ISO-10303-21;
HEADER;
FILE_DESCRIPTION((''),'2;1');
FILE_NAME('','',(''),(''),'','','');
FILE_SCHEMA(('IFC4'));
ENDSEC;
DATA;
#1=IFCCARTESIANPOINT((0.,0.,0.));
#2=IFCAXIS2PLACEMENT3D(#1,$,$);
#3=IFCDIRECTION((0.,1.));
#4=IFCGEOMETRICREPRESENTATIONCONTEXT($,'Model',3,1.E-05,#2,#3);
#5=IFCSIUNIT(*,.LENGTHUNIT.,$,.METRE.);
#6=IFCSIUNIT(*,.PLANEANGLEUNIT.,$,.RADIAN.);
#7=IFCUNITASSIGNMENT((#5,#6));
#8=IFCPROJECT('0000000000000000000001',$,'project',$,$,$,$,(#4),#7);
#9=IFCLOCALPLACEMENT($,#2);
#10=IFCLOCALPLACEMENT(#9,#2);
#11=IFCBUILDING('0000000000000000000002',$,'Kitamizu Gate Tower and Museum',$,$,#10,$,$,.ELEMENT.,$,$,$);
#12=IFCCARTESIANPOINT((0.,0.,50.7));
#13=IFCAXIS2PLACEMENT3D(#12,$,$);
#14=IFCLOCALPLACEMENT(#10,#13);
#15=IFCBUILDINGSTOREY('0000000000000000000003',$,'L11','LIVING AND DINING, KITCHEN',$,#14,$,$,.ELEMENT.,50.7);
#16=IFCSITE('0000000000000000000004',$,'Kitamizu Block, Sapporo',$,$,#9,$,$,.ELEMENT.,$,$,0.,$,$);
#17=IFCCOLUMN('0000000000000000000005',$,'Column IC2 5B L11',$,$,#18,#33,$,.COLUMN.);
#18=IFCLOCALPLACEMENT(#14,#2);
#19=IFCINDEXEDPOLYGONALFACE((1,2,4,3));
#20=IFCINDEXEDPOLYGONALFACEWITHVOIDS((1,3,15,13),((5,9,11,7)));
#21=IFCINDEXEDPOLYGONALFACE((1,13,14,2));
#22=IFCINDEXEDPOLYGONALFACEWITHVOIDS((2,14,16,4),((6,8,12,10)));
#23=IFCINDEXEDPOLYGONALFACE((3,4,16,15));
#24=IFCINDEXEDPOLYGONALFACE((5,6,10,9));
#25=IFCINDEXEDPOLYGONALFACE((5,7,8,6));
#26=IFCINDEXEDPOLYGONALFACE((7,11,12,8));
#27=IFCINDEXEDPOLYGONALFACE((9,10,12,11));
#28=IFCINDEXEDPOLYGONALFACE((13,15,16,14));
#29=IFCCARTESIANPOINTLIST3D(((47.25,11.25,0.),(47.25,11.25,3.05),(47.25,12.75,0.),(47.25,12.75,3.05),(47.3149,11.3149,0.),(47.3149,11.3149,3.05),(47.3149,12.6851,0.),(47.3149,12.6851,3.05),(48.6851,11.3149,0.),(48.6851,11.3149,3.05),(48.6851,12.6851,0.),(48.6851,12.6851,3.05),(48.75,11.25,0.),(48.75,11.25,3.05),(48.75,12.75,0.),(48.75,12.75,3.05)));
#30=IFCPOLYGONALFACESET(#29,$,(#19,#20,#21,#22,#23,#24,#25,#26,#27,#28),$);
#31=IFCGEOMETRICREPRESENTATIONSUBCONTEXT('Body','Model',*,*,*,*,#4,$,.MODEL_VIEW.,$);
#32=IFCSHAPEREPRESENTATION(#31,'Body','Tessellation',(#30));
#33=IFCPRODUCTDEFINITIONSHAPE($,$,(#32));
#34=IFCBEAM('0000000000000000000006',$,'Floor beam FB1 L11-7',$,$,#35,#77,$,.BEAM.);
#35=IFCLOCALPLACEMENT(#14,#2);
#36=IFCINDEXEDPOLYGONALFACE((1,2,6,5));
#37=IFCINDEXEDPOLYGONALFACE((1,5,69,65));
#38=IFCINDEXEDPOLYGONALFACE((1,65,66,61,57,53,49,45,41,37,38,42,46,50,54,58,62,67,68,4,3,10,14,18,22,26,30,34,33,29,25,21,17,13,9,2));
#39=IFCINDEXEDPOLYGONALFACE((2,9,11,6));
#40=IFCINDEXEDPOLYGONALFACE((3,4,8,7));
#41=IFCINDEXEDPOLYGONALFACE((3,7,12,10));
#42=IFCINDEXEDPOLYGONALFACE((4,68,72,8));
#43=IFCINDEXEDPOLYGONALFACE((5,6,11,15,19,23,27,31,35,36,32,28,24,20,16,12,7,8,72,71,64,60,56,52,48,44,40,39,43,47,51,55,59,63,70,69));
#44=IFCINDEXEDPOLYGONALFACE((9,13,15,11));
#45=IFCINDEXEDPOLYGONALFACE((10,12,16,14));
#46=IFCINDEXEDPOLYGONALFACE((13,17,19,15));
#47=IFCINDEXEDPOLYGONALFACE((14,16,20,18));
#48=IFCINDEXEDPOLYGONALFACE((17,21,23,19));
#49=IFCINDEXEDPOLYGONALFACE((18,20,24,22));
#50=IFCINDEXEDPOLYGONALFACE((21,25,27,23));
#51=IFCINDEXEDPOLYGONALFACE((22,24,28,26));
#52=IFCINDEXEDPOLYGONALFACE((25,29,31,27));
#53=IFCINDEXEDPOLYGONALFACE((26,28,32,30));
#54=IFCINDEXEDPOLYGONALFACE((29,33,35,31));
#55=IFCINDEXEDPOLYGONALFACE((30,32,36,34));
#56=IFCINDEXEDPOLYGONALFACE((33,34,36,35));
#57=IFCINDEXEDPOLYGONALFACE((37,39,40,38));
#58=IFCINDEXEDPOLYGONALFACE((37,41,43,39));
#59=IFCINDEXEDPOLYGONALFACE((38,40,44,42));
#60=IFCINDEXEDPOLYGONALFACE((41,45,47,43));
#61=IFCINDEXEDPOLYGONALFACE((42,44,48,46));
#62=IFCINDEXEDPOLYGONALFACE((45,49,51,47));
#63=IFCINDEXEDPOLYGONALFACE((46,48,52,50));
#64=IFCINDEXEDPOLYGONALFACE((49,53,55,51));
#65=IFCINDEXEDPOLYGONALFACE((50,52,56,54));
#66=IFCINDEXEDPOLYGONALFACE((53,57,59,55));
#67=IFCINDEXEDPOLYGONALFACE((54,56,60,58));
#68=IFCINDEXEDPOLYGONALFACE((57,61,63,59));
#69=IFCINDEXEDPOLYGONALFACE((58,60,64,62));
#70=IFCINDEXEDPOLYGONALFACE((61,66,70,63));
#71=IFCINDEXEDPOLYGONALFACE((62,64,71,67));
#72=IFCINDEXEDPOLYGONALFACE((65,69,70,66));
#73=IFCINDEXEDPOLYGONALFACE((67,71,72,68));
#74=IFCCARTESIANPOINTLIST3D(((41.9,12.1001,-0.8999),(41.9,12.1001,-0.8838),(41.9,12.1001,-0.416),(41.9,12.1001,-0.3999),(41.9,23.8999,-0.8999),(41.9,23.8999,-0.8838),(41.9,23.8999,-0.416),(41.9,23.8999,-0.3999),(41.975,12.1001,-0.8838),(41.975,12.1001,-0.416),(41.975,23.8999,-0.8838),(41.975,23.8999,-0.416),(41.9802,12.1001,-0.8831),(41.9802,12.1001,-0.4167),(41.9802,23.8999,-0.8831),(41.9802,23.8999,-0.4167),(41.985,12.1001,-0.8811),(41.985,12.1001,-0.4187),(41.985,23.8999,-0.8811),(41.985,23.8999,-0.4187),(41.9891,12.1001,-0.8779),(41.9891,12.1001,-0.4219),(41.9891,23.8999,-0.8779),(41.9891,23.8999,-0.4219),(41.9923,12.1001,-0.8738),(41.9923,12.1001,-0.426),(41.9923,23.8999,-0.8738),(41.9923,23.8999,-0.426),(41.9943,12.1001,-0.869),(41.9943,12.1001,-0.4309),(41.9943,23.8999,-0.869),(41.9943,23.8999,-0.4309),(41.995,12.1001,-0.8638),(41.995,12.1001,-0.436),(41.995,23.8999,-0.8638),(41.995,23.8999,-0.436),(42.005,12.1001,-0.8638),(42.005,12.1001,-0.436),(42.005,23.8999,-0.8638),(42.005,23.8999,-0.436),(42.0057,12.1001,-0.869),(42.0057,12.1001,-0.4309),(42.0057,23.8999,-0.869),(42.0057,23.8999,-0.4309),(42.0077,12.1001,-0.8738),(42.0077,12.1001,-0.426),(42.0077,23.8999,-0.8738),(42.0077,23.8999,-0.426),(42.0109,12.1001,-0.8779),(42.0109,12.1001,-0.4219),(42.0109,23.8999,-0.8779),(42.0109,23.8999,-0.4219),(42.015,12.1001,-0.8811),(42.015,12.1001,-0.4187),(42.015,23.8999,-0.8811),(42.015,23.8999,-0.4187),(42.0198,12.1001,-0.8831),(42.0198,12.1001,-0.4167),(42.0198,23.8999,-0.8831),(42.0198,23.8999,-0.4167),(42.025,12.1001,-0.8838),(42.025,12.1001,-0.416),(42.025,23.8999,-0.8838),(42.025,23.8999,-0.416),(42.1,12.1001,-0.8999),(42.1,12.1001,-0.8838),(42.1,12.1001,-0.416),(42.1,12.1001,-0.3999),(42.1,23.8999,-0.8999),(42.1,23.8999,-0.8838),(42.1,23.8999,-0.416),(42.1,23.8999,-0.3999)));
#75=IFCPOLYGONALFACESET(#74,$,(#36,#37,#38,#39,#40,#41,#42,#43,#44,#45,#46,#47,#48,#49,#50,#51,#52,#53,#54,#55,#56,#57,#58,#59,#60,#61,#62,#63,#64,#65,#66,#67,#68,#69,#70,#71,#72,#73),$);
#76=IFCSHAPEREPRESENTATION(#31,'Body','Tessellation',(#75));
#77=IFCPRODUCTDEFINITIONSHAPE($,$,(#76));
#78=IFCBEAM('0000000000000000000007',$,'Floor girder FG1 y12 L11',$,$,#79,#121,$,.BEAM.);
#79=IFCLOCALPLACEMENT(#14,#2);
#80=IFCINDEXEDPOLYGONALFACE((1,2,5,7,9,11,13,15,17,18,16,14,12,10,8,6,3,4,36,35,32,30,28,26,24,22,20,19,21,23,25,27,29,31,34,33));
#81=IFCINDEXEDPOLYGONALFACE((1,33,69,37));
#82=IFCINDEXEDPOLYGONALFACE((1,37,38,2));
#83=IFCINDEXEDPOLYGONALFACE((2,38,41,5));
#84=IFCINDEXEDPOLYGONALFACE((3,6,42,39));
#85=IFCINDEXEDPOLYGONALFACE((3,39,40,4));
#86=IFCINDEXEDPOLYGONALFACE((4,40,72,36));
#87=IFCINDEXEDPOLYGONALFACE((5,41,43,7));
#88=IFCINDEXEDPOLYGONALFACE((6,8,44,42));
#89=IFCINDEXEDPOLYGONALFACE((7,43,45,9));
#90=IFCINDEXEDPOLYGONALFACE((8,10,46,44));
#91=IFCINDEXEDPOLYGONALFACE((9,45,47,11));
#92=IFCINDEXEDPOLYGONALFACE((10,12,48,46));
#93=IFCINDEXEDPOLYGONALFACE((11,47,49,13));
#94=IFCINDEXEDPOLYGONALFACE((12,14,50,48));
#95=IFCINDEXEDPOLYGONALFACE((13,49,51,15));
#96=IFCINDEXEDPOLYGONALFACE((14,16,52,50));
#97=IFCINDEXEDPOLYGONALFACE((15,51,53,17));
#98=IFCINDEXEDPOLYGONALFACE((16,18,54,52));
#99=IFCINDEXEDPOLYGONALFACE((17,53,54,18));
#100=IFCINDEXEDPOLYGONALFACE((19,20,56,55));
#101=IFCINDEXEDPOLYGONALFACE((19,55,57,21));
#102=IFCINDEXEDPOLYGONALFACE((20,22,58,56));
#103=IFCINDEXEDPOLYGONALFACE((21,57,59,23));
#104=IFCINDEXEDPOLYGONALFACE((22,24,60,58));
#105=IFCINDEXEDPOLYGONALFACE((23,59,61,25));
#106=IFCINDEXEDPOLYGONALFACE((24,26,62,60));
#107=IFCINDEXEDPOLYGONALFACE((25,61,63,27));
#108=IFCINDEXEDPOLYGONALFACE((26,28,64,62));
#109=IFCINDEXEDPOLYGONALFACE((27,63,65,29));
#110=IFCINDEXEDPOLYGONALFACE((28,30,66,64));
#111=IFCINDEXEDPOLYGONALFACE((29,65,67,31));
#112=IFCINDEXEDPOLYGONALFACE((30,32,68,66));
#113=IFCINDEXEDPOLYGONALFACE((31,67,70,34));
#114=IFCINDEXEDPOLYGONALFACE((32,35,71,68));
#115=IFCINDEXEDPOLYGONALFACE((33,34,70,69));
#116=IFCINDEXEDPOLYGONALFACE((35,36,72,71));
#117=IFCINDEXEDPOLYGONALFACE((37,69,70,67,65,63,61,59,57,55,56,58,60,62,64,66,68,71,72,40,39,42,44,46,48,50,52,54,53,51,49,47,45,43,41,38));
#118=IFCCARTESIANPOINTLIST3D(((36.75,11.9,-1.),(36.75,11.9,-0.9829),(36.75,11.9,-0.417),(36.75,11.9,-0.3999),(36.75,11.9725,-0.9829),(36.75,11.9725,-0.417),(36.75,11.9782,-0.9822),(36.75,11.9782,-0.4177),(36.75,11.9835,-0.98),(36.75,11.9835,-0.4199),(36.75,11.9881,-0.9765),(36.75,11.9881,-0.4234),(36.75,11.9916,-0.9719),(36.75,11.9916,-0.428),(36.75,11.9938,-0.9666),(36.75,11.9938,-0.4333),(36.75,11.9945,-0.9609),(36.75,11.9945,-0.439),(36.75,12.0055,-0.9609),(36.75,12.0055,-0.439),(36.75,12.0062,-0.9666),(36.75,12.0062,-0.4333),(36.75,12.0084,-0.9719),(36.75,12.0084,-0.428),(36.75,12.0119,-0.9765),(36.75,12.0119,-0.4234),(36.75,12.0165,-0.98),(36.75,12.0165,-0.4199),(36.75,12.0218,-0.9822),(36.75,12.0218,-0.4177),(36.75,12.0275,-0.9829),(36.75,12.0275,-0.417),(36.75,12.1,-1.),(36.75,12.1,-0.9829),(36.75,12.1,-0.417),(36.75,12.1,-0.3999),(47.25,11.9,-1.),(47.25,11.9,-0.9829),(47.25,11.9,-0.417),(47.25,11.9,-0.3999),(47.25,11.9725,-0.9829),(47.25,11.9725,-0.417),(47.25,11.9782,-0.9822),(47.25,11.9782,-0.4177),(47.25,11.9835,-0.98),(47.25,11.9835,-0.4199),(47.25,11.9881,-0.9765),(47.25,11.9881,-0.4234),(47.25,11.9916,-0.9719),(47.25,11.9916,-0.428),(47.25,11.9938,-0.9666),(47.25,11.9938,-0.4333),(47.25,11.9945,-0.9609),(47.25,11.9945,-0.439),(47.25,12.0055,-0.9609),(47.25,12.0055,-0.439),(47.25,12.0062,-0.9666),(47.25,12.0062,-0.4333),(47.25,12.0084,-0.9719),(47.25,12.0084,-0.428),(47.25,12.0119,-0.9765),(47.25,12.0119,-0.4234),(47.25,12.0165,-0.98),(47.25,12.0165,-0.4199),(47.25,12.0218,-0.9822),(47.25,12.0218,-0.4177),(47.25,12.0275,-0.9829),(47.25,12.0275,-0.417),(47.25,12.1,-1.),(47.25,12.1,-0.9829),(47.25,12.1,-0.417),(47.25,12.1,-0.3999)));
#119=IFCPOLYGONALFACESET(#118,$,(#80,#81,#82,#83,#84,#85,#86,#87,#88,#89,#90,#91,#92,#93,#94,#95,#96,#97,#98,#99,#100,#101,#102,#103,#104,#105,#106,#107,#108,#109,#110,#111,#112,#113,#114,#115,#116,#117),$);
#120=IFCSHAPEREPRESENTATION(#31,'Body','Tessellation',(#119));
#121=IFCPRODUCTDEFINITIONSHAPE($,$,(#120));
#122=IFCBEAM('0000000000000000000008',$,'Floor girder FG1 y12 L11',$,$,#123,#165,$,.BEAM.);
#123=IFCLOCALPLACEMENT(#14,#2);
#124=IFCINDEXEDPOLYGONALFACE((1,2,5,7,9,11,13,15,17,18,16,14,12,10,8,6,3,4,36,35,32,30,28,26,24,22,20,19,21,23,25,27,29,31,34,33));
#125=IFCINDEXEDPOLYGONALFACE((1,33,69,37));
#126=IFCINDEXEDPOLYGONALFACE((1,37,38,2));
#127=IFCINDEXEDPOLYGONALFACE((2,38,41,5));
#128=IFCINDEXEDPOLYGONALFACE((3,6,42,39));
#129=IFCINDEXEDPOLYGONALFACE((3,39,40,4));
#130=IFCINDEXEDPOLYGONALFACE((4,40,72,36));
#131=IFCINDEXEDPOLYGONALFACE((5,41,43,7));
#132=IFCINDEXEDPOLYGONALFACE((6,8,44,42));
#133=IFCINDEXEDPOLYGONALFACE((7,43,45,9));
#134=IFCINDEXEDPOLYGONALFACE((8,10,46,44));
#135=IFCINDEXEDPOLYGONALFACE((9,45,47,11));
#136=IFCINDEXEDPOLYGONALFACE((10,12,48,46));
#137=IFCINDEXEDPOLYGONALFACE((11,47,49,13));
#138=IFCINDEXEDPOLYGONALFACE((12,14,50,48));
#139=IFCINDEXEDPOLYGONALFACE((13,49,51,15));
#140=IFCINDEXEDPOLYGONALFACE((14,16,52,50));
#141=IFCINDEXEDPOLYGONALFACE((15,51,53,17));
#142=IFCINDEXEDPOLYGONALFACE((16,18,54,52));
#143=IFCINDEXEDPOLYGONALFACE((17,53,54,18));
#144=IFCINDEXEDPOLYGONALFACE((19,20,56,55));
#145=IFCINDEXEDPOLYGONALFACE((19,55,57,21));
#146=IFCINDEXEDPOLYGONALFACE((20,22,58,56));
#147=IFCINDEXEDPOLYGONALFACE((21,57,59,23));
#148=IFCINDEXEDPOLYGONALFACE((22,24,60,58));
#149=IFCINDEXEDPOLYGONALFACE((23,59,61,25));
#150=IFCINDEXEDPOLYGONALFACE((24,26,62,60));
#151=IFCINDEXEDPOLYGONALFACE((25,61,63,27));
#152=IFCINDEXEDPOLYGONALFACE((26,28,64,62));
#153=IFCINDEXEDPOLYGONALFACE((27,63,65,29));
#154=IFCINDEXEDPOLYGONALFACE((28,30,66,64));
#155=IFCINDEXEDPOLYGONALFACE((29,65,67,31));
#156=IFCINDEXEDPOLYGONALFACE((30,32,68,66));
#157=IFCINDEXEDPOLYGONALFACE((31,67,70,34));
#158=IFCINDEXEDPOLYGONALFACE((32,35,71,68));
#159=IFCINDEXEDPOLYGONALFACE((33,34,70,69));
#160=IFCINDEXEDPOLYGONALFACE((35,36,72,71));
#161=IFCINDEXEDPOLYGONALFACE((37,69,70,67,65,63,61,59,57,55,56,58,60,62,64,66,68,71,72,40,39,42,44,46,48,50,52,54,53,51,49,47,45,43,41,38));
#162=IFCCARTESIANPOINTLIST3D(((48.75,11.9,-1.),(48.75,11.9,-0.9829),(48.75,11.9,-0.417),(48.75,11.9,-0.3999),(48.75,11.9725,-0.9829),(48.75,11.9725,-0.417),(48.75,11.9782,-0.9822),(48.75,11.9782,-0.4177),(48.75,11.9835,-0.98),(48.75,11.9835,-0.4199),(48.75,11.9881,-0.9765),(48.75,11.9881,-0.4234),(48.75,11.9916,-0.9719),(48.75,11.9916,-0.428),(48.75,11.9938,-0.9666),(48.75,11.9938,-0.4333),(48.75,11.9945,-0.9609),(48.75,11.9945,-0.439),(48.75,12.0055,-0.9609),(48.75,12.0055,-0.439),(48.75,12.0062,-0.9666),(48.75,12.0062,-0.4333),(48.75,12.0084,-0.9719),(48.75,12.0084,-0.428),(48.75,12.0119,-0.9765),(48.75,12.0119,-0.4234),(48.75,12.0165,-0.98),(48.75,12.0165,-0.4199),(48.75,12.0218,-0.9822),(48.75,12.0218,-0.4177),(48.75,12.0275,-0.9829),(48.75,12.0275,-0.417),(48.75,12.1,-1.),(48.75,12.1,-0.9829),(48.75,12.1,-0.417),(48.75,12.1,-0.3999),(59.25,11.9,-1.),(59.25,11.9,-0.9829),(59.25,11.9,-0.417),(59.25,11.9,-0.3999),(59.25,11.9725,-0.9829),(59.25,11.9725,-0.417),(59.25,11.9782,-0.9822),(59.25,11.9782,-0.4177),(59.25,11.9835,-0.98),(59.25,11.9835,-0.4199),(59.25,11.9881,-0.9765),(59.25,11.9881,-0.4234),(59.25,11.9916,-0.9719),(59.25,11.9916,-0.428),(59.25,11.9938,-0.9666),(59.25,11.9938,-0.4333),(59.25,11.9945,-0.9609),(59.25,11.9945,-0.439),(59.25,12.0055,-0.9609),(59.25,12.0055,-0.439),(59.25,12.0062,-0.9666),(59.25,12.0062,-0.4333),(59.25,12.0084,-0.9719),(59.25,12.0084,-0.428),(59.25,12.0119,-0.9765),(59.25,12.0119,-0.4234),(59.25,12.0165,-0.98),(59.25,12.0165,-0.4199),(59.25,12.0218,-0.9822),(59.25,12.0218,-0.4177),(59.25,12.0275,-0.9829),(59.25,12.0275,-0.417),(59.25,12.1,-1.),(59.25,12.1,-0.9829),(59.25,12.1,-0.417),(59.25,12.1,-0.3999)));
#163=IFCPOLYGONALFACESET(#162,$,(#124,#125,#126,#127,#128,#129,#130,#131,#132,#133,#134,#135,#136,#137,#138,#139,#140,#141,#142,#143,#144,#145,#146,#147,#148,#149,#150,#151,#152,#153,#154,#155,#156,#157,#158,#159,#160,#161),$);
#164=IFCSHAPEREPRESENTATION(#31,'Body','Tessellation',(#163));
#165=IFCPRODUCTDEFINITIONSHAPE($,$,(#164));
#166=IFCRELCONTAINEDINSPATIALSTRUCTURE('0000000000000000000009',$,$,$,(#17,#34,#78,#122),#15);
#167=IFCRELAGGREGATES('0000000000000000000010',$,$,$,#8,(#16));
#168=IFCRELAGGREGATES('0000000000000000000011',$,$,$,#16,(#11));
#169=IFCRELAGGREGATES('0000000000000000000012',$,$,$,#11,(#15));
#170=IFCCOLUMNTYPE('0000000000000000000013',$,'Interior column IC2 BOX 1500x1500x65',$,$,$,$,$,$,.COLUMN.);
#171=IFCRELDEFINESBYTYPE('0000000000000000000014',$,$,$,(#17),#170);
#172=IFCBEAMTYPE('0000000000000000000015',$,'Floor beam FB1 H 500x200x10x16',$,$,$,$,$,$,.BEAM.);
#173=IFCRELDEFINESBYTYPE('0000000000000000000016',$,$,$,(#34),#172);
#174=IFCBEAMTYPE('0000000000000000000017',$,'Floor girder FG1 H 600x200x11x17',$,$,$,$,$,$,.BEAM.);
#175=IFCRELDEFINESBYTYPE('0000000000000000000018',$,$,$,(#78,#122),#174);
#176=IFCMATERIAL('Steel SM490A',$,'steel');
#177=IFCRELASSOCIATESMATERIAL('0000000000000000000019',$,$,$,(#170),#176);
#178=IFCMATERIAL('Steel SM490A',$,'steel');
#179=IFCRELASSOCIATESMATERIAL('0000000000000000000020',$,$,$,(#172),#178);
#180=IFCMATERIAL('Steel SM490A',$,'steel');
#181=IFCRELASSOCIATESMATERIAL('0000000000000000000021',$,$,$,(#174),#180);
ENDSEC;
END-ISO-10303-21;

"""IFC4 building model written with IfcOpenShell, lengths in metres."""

from ifc_helpers import new_model, si_unit, direction, frame, origin, origin_2d, place, context, subcontext, project, spatial, hollow_rectangle, i_section, extrude, material, material_profile, profile_set, type_object, element, save


model = new_model("IFC4")

# Units and contexts
model_context = context("Model", 3, precision=1e-05, world=origin(), true_north=direction((0.0, 1.0)))
body_context = subcontext(model_context, "Body", "Model", "MODEL_VIEW")
ifc_project = project(units=[si_unit("LENGTHUNIT", "METRE"), si_unit("PLANEANGLEUNIT", "RADIAN")], contexts=[model_context])

# Site, building, storey
site_placement = place(None, origin())
site = spatial("IfcSite", under=ifc_project, at=site_placement, Name="Kitamizu Block, Sapporo", CompositionType="ELEMENT", RefElevation=0.0)
building_placement = place(site_placement, origin())
building = spatial("IfcBuilding", under=site, at=building_placement, Name="Kitamizu Gate Tower and Museum", CompositionType="ELEMENT")
storey_placement = place(building_placement, frame((0.0, 0.0, 50.7)))
storey = spatial("IfcBuildingStorey", under=building, at=storey_placement, Name="L11", Description="LIVING AND DINING, KITCHEN", CompositionType="ELEMENT", Elevation=50.7)

# Column
ifc_material_1 = material(Name="Steel SM490A", Category="steel")
ifc_material_profile_1 = material_profile(ifc_material_1, hollow_rectangle(XDim=1.5, YDim=1.5, WallThickness=0.0649, at=origin_2d()), Name="BOX 1500x1500x65")
ifc_profile_set_1 = profile_set([ifc_material_profile_1], Name="Steel SM490A")
column_type = type_object("IfcColumnType", Name="Interior column IC2 BOX 1500x1500x65", PredefinedType="COLUMN", material=ifc_profile_set_1)
column_placement = place(storey_placement, frame((48.0, 12.0, 0.0), z_axis=(0.0, 0.0, 1.0), x_axis=(1.0, 0.0, 0.0)))
element("IfcColumn", 1, at=column_placement, inside=storey, type_object=column_type, Name="Column IC2 5B L11", PredefinedType="COLUMN", context=body_context, shape_type="SweptSolid", body=[
    extrude(hollow_rectangle(XDim=1.5, YDim=1.5, WallThickness=0.0649, at=origin_2d()), origin(), (0.0, 0.0, 1.0), 3.05),
])

# Beams
ifc_material_2 = material(Name="Steel SM490A", Category="steel")
ifc_material_profile_2 = material_profile(ifc_material_2, i_section(OverallWidth=0.2, OverallDepth=0.5, WebThickness=0.01, FlangeThickness=0.0161, FilletRadius=0.02, at=origin_2d()), Name="H-500x200x10x16")
ifc_profile_set_2 = profile_set([ifc_material_profile_2], Name="Steel SM490A")
beam_type_1 = type_object("IfcBeamType", Name="Floor beam FB1 H 500x200x10x16", PredefinedType="BEAM", material=ifc_profile_set_2)
beam_placement = place(storey_placement, frame((42.0, 12.1001, -0.6499), z_axis=(0.0, 1.0, 0.0), x_axis=(-1.0, 0.0, 0.0)))
element("IfcBeam", 2, at=beam_placement, inside=storey, type_object=beam_type_1, Name="Floor beam FB1 L11-7", PredefinedType="BEAM", context=body_context, shape_type="SweptSolid", body=[
    extrude(i_section(OverallWidth=0.2, OverallDepth=0.5, WebThickness=0.01, FlangeThickness=0.0161, FilletRadius=0.02, at=origin_2d()), origin(), (0.0, 0.0, 1.0), 11.7998),
])
ifc_material_3 = material(Name="Steel SM490A", Category="steel")
ifc_material_profile_3 = material_profile(ifc_material_3, i_section(OverallWidth=0.2, OverallDepth=0.6001, WebThickness=0.011, FlangeThickness=0.0171, FilletRadius=0.022, at=origin_2d()), Name="H-600x200x11x17")
ifc_profile_set_3 = profile_set([ifc_material_profile_3], Name="Steel SM490A")
beam_type_2 = type_object("IfcBeamType", Name="Floor girder FG1 H 600x200x11x17", PredefinedType="BEAM", material=ifc_profile_set_3)
for number, where, z_axis, x_axis, name in (
    (3, (36.75, 12.0, -0.7), (1.0, 0.0, 0.0), (0.0, 1.0, 0.0), "Floor girder FG1 y12 L11"),
    (4, (48.75, 12.0, -0.7), (1.0, 0.0, 0.0), (0.0, 1.0, 0.0), "Floor girder FG1 y12 L11"),
):
    element("IfcBeam", number, at=place(storey_placement, frame(where, z_axis=z_axis, x_axis=x_axis)), inside=storey, type_object=beam_type_2, Name=name, PredefinedType="BEAM", context=body_context, shape_type="SweptSolid", body=[
        extrude(i_section(OverallWidth=0.2, OverallDepth=0.6001, WebThickness=0.011, FlangeThickness=0.0171, FilletRadius=0.022, at=origin_2d()), origin(), (0.0, 0.0, 1.0), 10.5),
    ])

save(model, "model.ifc")
